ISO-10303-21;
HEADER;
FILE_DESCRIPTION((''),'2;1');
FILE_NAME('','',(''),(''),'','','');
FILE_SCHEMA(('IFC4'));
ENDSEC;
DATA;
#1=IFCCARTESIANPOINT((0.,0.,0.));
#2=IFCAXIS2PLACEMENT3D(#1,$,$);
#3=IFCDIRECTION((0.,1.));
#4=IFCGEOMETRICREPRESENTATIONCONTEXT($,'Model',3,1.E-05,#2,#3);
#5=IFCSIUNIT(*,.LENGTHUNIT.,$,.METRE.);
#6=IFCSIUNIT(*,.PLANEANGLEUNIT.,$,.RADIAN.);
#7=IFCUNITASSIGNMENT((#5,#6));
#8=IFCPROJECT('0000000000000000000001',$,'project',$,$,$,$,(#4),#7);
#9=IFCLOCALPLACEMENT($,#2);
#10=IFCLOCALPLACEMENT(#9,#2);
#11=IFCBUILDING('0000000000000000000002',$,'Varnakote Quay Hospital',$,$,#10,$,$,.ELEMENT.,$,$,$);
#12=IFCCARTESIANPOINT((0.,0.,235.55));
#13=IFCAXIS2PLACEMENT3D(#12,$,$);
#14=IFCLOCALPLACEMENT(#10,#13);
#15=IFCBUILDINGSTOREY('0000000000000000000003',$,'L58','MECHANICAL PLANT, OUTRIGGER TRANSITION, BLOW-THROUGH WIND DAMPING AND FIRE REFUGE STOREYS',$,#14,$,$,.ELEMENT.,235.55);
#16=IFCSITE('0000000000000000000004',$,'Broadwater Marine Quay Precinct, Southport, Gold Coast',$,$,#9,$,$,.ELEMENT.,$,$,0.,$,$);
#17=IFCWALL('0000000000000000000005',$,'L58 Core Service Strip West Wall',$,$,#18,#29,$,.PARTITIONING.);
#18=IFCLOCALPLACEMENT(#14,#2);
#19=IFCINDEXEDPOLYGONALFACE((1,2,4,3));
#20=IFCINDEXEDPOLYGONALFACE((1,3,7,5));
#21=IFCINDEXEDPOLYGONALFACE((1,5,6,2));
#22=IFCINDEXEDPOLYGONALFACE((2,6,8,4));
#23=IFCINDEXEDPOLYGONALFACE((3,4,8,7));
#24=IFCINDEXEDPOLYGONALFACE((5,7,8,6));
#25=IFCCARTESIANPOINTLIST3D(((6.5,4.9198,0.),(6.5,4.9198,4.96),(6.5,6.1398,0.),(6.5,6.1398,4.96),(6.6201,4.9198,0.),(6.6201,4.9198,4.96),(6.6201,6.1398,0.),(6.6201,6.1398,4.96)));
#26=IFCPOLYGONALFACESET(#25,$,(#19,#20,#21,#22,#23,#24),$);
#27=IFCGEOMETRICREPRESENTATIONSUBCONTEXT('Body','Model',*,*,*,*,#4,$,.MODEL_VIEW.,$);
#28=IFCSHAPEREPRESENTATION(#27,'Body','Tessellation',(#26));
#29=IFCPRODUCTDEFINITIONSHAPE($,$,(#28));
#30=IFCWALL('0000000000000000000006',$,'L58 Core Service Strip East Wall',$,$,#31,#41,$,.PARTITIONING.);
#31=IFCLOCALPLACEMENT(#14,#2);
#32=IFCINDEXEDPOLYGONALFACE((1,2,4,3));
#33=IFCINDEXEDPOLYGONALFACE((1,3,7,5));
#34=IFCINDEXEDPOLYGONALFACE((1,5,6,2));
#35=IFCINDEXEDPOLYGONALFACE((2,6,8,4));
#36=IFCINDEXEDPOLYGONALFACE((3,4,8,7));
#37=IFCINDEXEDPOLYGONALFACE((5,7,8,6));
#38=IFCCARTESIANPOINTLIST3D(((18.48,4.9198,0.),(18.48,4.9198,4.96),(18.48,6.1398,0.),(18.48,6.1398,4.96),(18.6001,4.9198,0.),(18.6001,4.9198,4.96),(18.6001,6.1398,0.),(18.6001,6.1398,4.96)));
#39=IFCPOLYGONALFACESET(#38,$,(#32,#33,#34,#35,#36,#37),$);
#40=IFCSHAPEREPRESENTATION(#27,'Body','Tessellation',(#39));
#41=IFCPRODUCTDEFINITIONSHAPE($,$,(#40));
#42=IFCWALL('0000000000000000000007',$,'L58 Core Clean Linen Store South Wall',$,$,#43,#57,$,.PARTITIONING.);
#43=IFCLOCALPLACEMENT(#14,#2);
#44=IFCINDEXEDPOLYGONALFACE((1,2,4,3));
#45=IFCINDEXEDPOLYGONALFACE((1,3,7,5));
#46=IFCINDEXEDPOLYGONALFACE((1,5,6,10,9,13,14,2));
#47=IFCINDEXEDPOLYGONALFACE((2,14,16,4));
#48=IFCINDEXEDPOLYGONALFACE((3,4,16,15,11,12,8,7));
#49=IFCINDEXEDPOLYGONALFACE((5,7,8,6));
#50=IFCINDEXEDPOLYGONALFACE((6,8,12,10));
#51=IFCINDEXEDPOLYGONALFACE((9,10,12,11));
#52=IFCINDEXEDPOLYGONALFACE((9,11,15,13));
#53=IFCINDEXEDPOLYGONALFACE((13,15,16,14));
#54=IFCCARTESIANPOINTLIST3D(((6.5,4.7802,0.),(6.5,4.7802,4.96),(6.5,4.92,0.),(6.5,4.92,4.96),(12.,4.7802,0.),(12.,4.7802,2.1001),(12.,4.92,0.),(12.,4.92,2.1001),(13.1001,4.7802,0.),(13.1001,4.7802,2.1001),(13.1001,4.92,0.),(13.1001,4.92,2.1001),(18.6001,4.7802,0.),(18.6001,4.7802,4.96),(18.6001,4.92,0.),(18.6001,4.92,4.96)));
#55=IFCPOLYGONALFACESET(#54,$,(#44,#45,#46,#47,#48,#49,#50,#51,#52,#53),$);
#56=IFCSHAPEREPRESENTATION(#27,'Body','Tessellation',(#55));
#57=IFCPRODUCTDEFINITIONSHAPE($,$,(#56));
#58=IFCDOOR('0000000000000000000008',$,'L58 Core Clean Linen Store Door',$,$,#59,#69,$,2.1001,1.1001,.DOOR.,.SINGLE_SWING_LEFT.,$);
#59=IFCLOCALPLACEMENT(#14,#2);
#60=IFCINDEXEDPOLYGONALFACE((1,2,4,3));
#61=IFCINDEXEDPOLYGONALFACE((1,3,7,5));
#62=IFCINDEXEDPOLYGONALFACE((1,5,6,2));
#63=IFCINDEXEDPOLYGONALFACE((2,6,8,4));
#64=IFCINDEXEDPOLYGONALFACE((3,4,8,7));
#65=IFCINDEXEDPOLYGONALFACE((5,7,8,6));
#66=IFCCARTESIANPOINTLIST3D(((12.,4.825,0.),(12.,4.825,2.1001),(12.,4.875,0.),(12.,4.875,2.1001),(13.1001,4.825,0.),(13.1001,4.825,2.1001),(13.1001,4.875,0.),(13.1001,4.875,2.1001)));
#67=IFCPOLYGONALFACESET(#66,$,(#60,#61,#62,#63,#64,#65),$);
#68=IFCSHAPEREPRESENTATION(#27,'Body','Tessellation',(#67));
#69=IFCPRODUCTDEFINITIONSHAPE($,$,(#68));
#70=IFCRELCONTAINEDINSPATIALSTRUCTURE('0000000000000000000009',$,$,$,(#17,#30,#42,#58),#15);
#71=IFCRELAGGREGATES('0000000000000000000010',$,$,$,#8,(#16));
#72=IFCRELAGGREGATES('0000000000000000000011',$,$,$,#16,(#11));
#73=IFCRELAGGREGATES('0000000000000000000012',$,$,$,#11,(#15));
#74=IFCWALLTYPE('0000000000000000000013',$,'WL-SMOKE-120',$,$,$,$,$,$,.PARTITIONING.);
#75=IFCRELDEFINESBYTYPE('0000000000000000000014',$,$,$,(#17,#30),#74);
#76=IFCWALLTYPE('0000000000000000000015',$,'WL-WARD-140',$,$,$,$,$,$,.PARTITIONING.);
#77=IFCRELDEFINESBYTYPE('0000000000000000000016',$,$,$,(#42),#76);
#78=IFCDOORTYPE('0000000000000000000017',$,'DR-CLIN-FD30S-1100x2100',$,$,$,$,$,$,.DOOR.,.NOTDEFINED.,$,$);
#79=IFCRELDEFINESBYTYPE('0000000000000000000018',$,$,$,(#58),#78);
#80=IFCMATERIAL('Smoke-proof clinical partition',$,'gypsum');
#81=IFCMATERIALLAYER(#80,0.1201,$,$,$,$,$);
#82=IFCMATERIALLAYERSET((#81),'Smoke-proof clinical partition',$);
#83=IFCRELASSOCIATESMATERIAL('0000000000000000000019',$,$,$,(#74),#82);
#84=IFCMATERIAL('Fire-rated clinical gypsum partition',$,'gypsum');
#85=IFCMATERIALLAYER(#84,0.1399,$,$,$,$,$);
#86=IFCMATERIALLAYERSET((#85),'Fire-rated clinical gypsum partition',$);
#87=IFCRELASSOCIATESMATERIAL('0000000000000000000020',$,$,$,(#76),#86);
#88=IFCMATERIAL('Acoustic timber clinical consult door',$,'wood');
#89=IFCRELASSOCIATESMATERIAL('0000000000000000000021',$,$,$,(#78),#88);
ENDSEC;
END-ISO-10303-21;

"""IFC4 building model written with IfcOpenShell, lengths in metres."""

from ifc_helpers import new_model, si_unit, direction, frame, frame_2d, origin, place, context, subcontext, project, spatial, rectangle, extrude, material, layer, layer_set, type_object, element, fill, save


model = new_model("IFC4")

# Units and contexts
model_context = context("Model", 3, precision=1e-05, world=origin(), true_north=direction((0.0, 1.0)))
body_context = subcontext(model_context, "Body", "Model", "MODEL_VIEW")
ifc_project = project(units=[si_unit("LENGTHUNIT", "METRE"), si_unit("PLANEANGLEUNIT", "RADIAN")], contexts=[model_context])

# Site, building, storey
site_placement = place(None, origin())
site = spatial("IfcSite", under=ifc_project, at=site_placement, Name="Broadwater Marine Quay Precinct, Southport, Gold Coast", CompositionType="ELEMENT", RefElevation=0.0)
building_placement = place(site_placement, origin())
building = spatial("IfcBuilding", under=site, at=building_placement, Name="Varnakote Quay Hospital", CompositionType="ELEMENT")
storey_placement = place(building_placement, frame((0.0, 0.0, 235.55)))
storey = spatial("IfcBuildingStorey", under=building, at=storey_placement, Name="L58", Description="MECHANICAL PLANT, OUTRIGGER TRANSITION, BLOW-THROUGH WIND DAMPING AND FIRE REFUGE STOREYS", CompositionType="ELEMENT", Elevation=235.55)

# Walls
ifc_material_1 = material(Name="Smoke-proof clinical partition", Category="gypsum")
ifc_layer_1 = layer(ifc_material_1, 0.1201)
ifc_layer_set_1 = layer_set([ifc_layer_1], Name="Smoke-proof clinical partition")
wall_type_1 = type_object("IfcWallType", Name="WL-SMOKE-120", PredefinedType="PARTITIONING", material=ifc_layer_set_1)
for number, where, z_axis, x_axis, name in (
    (1, (6.5601, 4.9199, 0.0), (0.0, 0.0, 1.0), (0.0, 1.0, 0.0), "L58 Core Service Strip West Wall"),
    (2, (18.54, 4.9199, 0.0), (0.0, 0.0, 1.0), (0.0, 1.0, 0.0), "L58 Core Service Strip East Wall"),
):
    element("IfcWall", number, at=place(storey_placement, frame(where, z_axis=z_axis, x_axis=x_axis)), inside=storey, type_object=wall_type_1, Name=name, PredefinedType="PARTITIONING", context=body_context, shape_type="SweptSolid", body=[
        extrude(rectangle(XDim=1.22, YDim=0.1201, at=frame_2d((0.6099, 0.0))), origin(), (0.0, 0.0, 1.0), 4.96),
    ])

# Wall, opening, door
ifc_material_2 = material(Name="Fire-rated clinical gypsum partition", Category="gypsum")
ifc_layer_2 = layer(ifc_material_2, 0.1399)
ifc_layer_set_2 = layer_set([ifc_layer_2], Name="Fire-rated clinical gypsum partition")
wall_type_2 = type_object("IfcWallType", Name="WL-WARD-140", PredefinedType="PARTITIONING", material=ifc_layer_set_2)
wall_1_placement = place(storey_placement, frame((6.5, 4.8501, 0.0), z_axis=(0.0, 0.0, 1.0), x_axis=(1.0, 0.0, 0.0)))
wall_1 = element("IfcWall", 3, at=wall_1_placement, inside=storey, type_object=wall_type_2, Name="L58 Core Clean Linen Store South Wall", PredefinedType="PARTITIONING", context=body_context, shape_type="SweptSolid", body=[
    extrude(rectangle(XDim=12.1001, YDim=0.1399, at=frame_2d((6.05, 0.0))), origin(), (0.0, 0.0, 1.0), 4.96),
])
opening_1_placement = place(wall_1_placement, frame((5.5, 0.0, 0.0)))
opening_1 = element("IfcOpeningElement", 4, at=opening_1_placement, cuts=wall_1, PredefinedType="OPENING", context=body_context, shape_type="SweptSolid", body=[
    extrude(rectangle(XDim=1.1001, YDim=2.1001, at=frame_2d((0.55, 1.05))), frame((0.0, 0.0798, 0.0), z_axis=(0.0, -1.0, 0.0), x_axis=(1.0, 0.0, 0.0)), (0.0, 0.0, 1.0), 0.1599),
])
ifc_material_3 = material(Name="Acoustic timber clinical consult door", Category="wood")
door_type_1 = type_object("IfcDoorType", Name="DR-CLIN-FD30S-1100x2100", OperationType="NOTDEFINED", PredefinedType="DOOR", material=ifc_material_3)
door_1_placement = place(opening_1_placement, origin())
door_1 = element("IfcDoor", 5, at=door_1_placement, inside=storey, type_object=door_type_1, Name="L58 Core Clean Linen Store Door", OperationType="SINGLE_SWING_LEFT", OverallHeight=2.1001, OverallWidth=1.1001, PredefinedType="DOOR", context=body_context, shape_type="SweptSolid", body=[
    extrude(rectangle(XDim=1.1001, YDim=2.1001, at=frame_2d((0.55, 1.05))), frame((0.0, 0.0249, 0.0), z_axis=(0.0, -1.0, 0.0), x_axis=(1.0, 0.0, 0.0)), (0.0, 0.0, 1.0), 0.05),
])
fill(opening_1, door_1)

save(model, "model.ifc")
